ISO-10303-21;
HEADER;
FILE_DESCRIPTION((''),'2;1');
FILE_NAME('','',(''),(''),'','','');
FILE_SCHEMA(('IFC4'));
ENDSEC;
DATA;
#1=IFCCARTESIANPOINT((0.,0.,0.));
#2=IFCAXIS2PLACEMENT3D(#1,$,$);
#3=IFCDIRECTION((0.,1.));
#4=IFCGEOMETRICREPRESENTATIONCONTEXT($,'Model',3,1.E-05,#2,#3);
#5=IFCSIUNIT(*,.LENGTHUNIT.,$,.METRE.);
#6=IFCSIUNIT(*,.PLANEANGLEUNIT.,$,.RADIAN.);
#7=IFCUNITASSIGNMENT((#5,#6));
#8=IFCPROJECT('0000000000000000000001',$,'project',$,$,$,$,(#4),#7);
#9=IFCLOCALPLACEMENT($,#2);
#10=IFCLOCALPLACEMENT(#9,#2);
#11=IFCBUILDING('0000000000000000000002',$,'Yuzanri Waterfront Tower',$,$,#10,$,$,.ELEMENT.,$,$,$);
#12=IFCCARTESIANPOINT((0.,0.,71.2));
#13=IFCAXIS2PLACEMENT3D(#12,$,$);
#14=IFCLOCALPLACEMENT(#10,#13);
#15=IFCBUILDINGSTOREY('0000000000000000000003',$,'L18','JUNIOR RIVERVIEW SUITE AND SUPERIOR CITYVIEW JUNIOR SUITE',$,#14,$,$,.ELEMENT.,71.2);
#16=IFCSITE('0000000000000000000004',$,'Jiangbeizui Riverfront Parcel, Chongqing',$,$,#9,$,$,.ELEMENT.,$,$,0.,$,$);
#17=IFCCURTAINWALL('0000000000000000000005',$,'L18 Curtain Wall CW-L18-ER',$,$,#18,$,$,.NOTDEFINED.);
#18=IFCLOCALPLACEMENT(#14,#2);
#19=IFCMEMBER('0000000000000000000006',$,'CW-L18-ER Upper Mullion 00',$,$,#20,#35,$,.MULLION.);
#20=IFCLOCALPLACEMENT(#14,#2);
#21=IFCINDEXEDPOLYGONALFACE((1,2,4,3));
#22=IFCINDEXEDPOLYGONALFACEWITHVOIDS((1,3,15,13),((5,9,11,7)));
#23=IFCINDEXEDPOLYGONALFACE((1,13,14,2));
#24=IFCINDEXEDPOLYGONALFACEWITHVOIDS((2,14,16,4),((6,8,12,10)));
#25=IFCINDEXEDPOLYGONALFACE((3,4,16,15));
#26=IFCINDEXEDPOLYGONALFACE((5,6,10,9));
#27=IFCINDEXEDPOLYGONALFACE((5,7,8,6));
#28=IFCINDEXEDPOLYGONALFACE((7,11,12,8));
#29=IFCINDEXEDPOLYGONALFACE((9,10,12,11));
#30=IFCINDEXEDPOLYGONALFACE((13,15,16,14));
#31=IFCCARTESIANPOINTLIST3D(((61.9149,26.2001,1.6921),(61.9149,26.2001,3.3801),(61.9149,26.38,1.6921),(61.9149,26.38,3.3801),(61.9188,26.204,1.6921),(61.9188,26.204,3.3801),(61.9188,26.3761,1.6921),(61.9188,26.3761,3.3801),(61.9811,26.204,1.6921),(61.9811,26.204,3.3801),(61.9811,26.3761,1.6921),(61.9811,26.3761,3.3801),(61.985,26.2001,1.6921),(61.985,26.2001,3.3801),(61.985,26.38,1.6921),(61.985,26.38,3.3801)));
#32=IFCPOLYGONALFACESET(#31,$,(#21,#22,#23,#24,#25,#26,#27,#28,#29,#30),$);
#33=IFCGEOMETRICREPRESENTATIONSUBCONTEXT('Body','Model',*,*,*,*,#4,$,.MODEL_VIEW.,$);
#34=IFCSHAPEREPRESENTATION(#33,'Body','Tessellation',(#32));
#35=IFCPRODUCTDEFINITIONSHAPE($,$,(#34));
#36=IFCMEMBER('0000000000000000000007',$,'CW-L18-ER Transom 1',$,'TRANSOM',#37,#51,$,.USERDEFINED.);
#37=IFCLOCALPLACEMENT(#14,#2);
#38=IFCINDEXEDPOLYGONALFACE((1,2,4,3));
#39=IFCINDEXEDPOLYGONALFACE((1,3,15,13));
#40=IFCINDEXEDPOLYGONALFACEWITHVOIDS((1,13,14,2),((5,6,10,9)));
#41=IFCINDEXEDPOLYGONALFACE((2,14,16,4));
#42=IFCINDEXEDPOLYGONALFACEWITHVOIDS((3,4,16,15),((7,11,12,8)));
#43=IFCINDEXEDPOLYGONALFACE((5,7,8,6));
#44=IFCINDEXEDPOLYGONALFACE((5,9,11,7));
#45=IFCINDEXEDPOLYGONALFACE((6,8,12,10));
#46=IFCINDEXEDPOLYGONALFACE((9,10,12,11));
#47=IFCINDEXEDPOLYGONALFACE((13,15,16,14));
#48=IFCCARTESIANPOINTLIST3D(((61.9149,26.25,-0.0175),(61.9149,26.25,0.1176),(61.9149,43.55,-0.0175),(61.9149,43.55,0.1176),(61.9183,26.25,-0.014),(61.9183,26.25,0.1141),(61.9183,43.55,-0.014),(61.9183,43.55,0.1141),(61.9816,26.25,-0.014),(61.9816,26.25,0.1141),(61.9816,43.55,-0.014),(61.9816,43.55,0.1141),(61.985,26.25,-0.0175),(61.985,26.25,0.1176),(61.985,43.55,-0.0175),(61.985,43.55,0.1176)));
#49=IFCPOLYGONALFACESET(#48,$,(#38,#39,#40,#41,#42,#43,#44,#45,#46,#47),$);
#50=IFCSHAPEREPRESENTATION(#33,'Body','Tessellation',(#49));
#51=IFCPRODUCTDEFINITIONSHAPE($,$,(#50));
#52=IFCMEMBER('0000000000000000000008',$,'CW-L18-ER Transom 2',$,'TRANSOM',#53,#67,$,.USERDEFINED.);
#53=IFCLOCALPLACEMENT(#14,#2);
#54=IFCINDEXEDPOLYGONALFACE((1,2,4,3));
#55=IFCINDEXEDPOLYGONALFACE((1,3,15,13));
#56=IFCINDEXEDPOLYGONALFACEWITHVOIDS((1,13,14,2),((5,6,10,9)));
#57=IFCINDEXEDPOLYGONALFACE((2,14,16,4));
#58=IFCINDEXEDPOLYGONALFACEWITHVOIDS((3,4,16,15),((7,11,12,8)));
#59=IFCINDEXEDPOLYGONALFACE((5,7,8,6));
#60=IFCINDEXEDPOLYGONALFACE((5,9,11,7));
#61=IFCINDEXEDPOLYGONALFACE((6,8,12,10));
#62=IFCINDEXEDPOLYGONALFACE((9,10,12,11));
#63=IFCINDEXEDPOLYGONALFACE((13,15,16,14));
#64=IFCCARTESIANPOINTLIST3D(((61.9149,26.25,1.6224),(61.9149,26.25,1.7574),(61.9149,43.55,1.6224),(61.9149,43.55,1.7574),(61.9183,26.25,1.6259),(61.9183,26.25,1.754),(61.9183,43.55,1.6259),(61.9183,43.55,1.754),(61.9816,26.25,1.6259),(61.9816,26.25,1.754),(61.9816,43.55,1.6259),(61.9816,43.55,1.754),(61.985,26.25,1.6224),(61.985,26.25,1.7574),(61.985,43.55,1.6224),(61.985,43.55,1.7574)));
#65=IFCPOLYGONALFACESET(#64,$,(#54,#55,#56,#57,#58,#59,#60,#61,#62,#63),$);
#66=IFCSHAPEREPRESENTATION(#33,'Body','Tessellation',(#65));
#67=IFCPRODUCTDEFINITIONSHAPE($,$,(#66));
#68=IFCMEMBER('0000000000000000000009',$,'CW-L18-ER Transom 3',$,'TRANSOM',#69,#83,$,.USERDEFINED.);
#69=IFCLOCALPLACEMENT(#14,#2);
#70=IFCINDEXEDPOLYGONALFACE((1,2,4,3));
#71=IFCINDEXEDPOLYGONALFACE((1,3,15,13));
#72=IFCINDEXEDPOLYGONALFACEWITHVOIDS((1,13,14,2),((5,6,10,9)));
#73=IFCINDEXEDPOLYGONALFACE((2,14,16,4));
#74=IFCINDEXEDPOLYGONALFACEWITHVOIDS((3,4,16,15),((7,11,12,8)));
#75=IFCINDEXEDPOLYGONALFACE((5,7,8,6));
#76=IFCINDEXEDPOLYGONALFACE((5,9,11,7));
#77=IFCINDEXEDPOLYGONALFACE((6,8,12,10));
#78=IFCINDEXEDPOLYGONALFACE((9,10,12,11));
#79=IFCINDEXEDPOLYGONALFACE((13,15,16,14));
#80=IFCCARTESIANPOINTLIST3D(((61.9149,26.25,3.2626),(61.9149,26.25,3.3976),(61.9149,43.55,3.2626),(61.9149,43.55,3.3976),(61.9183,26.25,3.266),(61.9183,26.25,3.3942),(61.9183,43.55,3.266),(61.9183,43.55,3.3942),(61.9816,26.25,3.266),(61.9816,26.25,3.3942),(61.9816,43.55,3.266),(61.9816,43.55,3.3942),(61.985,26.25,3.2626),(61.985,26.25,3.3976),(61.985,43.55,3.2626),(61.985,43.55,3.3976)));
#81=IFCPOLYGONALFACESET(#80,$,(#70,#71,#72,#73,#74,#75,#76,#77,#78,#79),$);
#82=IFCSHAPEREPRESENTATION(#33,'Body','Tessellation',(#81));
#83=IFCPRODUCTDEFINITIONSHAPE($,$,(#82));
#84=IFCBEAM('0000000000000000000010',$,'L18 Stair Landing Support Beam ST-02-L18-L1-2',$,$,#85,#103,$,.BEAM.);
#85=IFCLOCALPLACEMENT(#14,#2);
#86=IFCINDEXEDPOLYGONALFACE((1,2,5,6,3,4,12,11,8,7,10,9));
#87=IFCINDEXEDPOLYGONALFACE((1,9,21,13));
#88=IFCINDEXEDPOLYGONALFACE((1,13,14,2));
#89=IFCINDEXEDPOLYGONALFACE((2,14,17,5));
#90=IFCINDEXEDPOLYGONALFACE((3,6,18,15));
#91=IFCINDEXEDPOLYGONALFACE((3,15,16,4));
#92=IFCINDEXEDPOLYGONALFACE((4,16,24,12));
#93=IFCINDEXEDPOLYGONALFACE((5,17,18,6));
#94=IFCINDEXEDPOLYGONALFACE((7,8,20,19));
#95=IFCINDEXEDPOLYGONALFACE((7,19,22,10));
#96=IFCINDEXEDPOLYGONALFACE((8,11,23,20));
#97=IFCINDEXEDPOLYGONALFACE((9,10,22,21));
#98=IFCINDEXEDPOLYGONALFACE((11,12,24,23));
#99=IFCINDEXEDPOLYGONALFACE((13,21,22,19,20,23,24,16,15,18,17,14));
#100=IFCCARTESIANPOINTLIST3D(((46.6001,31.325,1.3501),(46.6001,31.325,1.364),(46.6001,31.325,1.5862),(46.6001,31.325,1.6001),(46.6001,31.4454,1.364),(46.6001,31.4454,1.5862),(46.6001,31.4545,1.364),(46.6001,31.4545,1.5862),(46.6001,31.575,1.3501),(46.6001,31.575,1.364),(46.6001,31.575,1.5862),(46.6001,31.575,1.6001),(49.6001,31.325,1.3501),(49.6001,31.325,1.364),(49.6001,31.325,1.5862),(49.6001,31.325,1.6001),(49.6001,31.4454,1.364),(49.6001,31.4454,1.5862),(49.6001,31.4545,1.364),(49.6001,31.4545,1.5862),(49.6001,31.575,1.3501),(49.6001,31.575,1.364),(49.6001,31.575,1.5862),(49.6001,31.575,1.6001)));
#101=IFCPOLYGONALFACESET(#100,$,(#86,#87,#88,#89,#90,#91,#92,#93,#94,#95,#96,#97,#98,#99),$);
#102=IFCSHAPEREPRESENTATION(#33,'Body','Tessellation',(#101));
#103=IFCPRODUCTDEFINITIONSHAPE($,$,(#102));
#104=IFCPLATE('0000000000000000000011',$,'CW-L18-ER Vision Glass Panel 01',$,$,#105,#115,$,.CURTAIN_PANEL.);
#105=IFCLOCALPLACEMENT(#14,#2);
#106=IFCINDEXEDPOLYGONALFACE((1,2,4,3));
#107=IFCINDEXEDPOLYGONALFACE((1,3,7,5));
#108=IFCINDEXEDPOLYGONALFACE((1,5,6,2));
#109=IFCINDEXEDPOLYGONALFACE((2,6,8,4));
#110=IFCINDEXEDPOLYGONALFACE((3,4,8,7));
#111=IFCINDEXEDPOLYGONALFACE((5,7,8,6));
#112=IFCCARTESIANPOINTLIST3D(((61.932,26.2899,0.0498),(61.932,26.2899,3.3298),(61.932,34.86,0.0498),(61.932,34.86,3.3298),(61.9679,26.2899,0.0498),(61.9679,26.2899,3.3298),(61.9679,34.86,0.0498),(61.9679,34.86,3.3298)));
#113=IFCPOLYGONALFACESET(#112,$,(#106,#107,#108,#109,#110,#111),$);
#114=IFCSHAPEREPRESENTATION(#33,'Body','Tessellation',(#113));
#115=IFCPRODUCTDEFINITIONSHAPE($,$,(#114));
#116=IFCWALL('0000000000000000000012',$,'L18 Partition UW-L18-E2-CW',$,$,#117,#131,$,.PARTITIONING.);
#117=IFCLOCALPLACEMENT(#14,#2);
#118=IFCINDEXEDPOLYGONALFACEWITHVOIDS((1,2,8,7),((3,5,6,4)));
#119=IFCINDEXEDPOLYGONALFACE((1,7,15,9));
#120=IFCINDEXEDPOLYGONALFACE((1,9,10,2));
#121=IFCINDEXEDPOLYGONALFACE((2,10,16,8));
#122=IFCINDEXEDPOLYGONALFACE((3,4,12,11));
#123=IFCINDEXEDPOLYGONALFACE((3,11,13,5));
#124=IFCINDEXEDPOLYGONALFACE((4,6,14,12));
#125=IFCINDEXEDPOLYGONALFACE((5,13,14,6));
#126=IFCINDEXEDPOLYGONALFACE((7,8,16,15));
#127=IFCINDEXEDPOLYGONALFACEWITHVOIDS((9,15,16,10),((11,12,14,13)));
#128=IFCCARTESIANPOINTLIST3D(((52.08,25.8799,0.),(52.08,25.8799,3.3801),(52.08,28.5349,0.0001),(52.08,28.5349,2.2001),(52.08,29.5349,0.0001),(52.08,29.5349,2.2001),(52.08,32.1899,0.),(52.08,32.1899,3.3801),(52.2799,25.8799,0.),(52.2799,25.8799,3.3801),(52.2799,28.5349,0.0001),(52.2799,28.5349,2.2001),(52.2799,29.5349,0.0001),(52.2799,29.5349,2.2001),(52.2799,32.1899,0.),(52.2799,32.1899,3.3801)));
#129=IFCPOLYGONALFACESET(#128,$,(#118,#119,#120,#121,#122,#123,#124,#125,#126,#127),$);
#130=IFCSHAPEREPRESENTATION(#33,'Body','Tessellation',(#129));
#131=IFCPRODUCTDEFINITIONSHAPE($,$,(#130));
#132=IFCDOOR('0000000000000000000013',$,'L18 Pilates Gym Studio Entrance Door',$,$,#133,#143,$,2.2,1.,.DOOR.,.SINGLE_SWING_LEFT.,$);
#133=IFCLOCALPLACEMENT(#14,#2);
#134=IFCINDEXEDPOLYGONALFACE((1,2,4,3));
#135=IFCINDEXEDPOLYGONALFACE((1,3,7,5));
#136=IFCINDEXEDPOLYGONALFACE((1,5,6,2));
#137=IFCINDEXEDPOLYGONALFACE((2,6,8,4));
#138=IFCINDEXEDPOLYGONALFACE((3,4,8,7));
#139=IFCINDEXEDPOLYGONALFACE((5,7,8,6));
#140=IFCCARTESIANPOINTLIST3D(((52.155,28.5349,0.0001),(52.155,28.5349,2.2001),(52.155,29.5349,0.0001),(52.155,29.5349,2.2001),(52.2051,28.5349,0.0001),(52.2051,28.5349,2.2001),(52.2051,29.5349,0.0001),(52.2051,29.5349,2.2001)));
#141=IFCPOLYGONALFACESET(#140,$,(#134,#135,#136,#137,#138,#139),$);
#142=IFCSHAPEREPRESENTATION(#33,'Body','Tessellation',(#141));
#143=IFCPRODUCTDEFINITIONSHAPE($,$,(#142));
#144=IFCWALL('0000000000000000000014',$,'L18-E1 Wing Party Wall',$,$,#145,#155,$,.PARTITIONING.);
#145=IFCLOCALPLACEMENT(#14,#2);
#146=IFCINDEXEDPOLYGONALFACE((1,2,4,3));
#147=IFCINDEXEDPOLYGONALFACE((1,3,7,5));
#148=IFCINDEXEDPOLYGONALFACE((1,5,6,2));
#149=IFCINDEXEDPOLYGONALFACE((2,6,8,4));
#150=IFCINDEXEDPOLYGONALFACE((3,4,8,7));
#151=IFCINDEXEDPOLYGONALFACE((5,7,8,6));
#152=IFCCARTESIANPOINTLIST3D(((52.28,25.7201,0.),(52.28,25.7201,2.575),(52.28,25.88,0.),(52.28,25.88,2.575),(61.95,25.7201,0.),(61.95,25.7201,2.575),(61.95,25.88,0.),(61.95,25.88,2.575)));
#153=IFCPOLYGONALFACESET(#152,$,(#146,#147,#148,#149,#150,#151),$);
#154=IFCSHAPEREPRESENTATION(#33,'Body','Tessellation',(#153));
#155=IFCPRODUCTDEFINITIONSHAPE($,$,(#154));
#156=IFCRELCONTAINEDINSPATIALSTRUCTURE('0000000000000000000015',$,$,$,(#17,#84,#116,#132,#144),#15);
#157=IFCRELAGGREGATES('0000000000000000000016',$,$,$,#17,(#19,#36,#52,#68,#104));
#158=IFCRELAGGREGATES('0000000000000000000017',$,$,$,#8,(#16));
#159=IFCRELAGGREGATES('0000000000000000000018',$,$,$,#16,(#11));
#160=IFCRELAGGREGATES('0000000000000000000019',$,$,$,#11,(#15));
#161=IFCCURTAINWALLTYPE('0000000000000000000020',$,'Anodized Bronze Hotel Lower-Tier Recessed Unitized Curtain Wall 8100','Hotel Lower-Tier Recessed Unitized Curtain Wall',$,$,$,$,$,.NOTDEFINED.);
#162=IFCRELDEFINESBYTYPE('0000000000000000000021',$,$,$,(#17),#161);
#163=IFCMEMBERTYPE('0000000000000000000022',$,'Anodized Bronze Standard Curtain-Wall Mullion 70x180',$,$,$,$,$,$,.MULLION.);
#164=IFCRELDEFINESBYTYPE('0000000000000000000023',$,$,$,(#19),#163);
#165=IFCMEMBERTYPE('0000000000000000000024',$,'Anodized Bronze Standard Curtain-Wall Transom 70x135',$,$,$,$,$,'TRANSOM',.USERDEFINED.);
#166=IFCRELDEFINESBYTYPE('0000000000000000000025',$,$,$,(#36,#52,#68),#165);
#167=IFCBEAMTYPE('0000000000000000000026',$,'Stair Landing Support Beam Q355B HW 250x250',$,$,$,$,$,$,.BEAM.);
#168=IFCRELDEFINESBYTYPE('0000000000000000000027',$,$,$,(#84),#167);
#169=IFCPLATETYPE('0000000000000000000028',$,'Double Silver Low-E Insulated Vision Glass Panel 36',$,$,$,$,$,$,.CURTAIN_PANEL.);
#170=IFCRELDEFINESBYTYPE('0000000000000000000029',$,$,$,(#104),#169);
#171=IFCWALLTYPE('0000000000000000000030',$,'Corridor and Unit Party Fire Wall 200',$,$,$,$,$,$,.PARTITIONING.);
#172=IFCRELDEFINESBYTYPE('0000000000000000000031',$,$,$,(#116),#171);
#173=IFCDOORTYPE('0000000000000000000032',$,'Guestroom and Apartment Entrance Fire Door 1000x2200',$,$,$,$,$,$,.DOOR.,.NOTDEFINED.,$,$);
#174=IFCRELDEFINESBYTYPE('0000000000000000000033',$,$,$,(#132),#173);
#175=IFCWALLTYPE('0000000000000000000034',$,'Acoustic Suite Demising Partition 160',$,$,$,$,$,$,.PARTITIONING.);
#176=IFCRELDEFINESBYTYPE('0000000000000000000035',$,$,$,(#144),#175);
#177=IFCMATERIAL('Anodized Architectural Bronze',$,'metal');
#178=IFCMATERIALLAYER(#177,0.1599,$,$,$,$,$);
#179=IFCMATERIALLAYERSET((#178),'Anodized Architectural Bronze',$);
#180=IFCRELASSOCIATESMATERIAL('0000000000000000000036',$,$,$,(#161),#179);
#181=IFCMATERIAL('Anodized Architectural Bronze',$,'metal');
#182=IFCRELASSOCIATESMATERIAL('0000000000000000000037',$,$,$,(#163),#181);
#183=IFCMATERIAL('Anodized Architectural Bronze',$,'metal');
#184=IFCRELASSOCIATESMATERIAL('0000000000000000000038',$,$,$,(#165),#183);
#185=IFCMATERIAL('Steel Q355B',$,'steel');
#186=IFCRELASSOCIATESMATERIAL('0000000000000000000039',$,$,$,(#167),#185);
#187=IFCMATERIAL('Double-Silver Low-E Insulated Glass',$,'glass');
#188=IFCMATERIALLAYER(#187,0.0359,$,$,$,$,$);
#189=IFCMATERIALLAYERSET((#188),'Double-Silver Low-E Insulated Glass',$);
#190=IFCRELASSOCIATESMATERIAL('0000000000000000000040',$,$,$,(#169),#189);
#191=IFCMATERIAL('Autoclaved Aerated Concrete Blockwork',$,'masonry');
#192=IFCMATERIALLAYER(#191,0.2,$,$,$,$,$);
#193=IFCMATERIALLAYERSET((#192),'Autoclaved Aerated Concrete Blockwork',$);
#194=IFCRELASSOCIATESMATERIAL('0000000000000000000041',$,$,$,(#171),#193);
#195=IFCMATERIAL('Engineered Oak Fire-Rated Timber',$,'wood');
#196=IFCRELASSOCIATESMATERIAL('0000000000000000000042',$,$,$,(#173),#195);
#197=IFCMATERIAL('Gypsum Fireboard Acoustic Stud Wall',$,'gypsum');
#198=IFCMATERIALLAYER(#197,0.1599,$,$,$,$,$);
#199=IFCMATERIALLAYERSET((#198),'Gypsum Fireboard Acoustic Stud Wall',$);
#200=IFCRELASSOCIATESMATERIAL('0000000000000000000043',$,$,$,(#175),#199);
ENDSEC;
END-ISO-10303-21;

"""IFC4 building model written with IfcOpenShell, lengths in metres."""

from ifc_helpers import new_model, si_unit, direction, frame, frame_2d, origin, origin_2d, place, context, subcontext, project, spatial, rectangle, hollow_rectangle, i_section, extrude, source, transform, mapped, material, layer, layer_set, material_profile, profile_set, type_object, element, fill, aggregate, save


model = new_model("IFC4")

# Units and contexts
model_context = context("Model", 3, precision=1e-05, world=origin(), true_north=direction((0.0, 1.0)))
body_context = subcontext(model_context, "Body", "Model", "MODEL_VIEW")
ifc_project = project(units=[si_unit("LENGTHUNIT", "METRE"), si_unit("PLANEANGLEUNIT", "RADIAN")], contexts=[model_context])

# Site, building, storey
site_placement = place(None, origin())
site = spatial("IfcSite", under=ifc_project, at=site_placement, Name="Jiangbeizui Riverfront Parcel, Chongqing", CompositionType="ELEMENT", RefElevation=0.0)
building_placement = place(site_placement, origin())
building = spatial("IfcBuilding", under=site, at=building_placement, Name="Yuzanri Waterfront Tower", CompositionType="ELEMENT")
storey_placement = place(building_placement, frame((0.0, 0.0, 71.2)))
storey = spatial("IfcBuildingStorey", under=building, at=storey_placement, Name="L18", Description="JUNIOR RIVERVIEW SUITE AND SUPERIOR CITYVIEW JUNIOR SUITE", CompositionType="ELEMENT", Elevation=71.2)

# Curtain wall, members
ifc_material_1 = material(Name="Anodized Architectural Bronze", Category="metal")
ifc_layer_1 = layer(ifc_material_1, 0.1599)
ifc_layer_set_1 = layer_set([ifc_layer_1], Name="Anodized Architectural Bronze")
curtain_wall_type = type_object("IfcCurtainWallType", Name="Anodized Bronze Hotel Lower-Tier Recessed Unitized Curtain Wall 8100", Description="Hotel Lower-Tier Recessed Unitized Curtain Wall", PredefinedType="NOTDEFINED", material=ifc_layer_set_1)
ifc_material_2 = material(Name="Anodized Architectural Bronze", Category="metal")
ifc_material_profile_1 = material_profile(ifc_material_2, hollow_rectangle(XDim=0.0701, YDim=0.1799, WallThickness=0.0039, at=origin_2d()), Name="CWM 70x180")
ifc_profile_set_1 = profile_set([ifc_material_profile_1], Name="Anodized Architectural Bronze")
member_type_1 = type_object("IfcMemberType", Name="Anodized Bronze Standard Curtain-Wall Mullion 70x180", PredefinedType="MULLION", material=ifc_profile_set_1)
shared_shape_1 = source(origin(), body_context, "Body", "SweptSolid", [
    extrude(hollow_rectangle(XDim=0.0701, YDim=0.1799, WallThickness=0.0039, at=origin_2d()), origin(), (0.0, 0.0, 1.0), 1.688),
])
curtain_wall_1_placement = place(storey_placement, origin())
curtain_wall_1 = element("IfcCurtainWall", 1, at=curtain_wall_1_placement, inside=storey, type_object=curtain_wall_type, Name="L18 Curtain Wall CW-L18-ER", PredefinedType="NOTDEFINED")
member_1_placement = place(storey_placement, frame((61.95, 26.29, 1.6921), z_axis=(0.0, 0.0, 1.0), x_axis=(1.0, 0.0, 0.0)))
member_1 = element("IfcMember", 2, at=member_1_placement, type_object=member_type_1, Name="CW-L18-ER Upper Mullion 00", PredefinedType="MULLION", context=body_context, shape_type="MappedRepresentation", body=[
    mapped(shared_shape_1, transform((0.0, 0.0, 0.0), scale=1.0)),
])
ifc_material_3 = material(Name="Anodized Architectural Bronze", Category="metal")
ifc_material_profile_2 = material_profile(ifc_material_3, hollow_rectangle(XDim=0.0701, YDim=0.135, WallThickness=0.0034, at=origin_2d()), Name="CWT 70x135")
ifc_profile_set_2 = profile_set([ifc_material_profile_2], Name="Anodized Architectural Bronze")
member_type_2 = type_object("IfcMemberType", Name="Anodized Bronze Standard Curtain-Wall Transom 70x135", ElementType="TRANSOM", PredefinedType="USERDEFINED", material=ifc_profile_set_2)
shared_shape_2 = source(origin(), body_context, "Body", "SweptSolid", [
    extrude(hollow_rectangle(XDim=0.0701, YDim=0.135, WallThickness=0.0034, at=origin_2d()), origin(), (0.0, 0.0, 1.0), 17.3),
])
member_2_placement = place(storey_placement, frame((61.95, 26.25, 0.05), z_axis=(0.0, 1.0, 0.0), x_axis=(-1.0, 0.0, 0.0)))
member_2 = element("IfcMember", 3, at=member_2_placement, type_object=member_type_2, Name="CW-L18-ER Transom 1", ObjectType="TRANSOM", PredefinedType="USERDEFINED", context=body_context, shape_type="MappedRepresentation", body=[
    mapped(shared_shape_2, transform((0.0, 0.0, 0.0), scale=1.0)),
])
member_3_placement = place(storey_placement, frame((61.95, 26.25, 1.6899), z_axis=(0.0, 1.0, 0.0), x_axis=(-1.0, 0.0, 0.0)))
member_3 = element("IfcMember", 4, at=member_3_placement, type_object=member_type_2, Name="CW-L18-ER Transom 2", ObjectType="TRANSOM", PredefinedType="USERDEFINED", context=body_context, shape_type="MappedRepresentation", body=[
    mapped(shared_shape_2, transform((0.0, 0.0, 0.0), scale=1.0)),
])
member_4_placement = place(storey_placement, frame((61.95, 26.25, 3.3301), z_axis=(0.0, 1.0, 0.0), x_axis=(-1.0, 0.0, 0.0)))
member_4 = element("IfcMember", 5, at=member_4_placement, type_object=member_type_2, Name="CW-L18-ER Transom 3", ObjectType="TRANSOM", PredefinedType="USERDEFINED", context=body_context, shape_type="MappedRepresentation", body=[
    mapped(shared_shape_2, transform((0.0, 0.0, 0.0), scale=1.0)),
])

# Beam
ifc_material_4 = material(Name="Steel Q355B", Category="steel")
ifc_material_profile_3 = material_profile(ifc_material_4, i_section(OverallWidth=0.25, OverallDepth=0.25, WebThickness=0.009, FlangeThickness=0.0139, at=origin_2d()), Name="HW 250x250x9x14")
ifc_profile_set_3 = profile_set([ifc_material_profile_3], Name="Steel Q355B")
beam_type_1 = type_object("IfcBeamType", Name="Stair Landing Support Beam Q355B HW 250x250", PredefinedType="BEAM", material=ifc_profile_set_3)
shared_shape_3 = source(origin(), body_context, "Body", "SweptSolid", [
    extrude(i_section(OverallWidth=0.25, OverallDepth=0.25, WebThickness=0.009, FlangeThickness=0.0139, at=origin_2d()), origin(), (0.0, 0.0, 1.0), 3.0),
])
beam_1_placement = place(storey_placement, frame((46.6001, 31.45, 1.4751), z_axis=(1.0, 0.0, 0.0), x_axis=(0.0, 1.0, 0.0)))
element("IfcBeam", 6, at=beam_1_placement, inside=storey, type_object=beam_type_1, Name="L18 Stair Landing Support Beam ST-02-L18-L1-2", PredefinedType="BEAM", context=body_context, shape_type="MappedRepresentation", body=[
    mapped(shared_shape_3, transform((0.0, 0.0, 0.0), scale=1.0)),
])

# Plate
ifc_material_5 = material(Name="Double-Silver Low-E Insulated Glass", Category="glass")
ifc_layer_2 = layer(ifc_material_5, 0.0359)
ifc_layer_set_2 = layer_set([ifc_layer_2], Name="Double-Silver Low-E Insulated Glass")
plate_type = type_object("IfcPlateType", Name="Double Silver Low-E Insulated Vision Glass Panel 36", PredefinedType="CURTAIN_PANEL", material=ifc_layer_set_2)
shared_shape_4 = source(origin(), body_context, "Body", "SweptSolid", [
    extrude(rectangle(XDim=8.5701, YDim=0.0359, at=origin_2d()), origin(), (0.0, 0.0, 1.0), 3.28),
])
plate_placement = place(storey_placement, frame((61.95, 30.575, 0.0498), z_axis=(0.0, 0.0, 1.0), x_axis=(0.0, 1.0, 0.0)))
plate = element("IfcPlate", 7, at=plate_placement, type_object=plate_type, Name="CW-L18-ER Vision Glass Panel 01", PredefinedType="CURTAIN_PANEL", context=body_context, shape_type="MappedRepresentation", body=[
    mapped(shared_shape_4, transform((0.0, 0.0, 0.0), scale=1.0)),
])
aggregate(curtain_wall_1, [member_1, member_2, member_3, member_4, plate])

# Wall, opening, door
ifc_material_6 = material(Name="Autoclaved Aerated Concrete Blockwork", Category="masonry")
ifc_layer_3 = layer(ifc_material_6, 0.2)
ifc_layer_set_3 = layer_set([ifc_layer_3], Name="Autoclaved Aerated Concrete Blockwork")
wall_type_1 = type_object("IfcWallType", Name="Corridor and Unit Party Fire Wall 200", PredefinedType="PARTITIONING", material=ifc_layer_set_3)
wall_1_placement = place(storey_placement, frame((52.1799, 25.8799, 0.0), z_axis=(0.0, 0.0, 1.0), x_axis=(0.0, 1.0, 0.0)))
wall_1 = element("IfcWall", 8, at=wall_1_placement, inside=storey, type_object=wall_type_1, Name="L18 Partition UW-L18-E2-CW", PredefinedType="PARTITIONING", context=body_context, shape_type="SweptSolid", body=[
    extrude(rectangle(XDim=6.3101, YDim=0.2, at=frame_2d((3.155, 0.0))), origin(), (0.0, 0.0, 1.0), 3.3801),
])
opening_placement = place(wall_1_placement, frame((2.655, 0.0, 0.0)))
opening = element("IfcOpeningElement", 9, at=opening_placement, cuts=wall_1, PredefinedType="OPENING", context=body_context, shape_type="SweptSolid", body=[
    extrude(rectangle(XDim=1.0, YDim=2.2, at=frame_2d((0.5, 1.1001))), frame((0.0, 0.1147, 0.0), z_axis=(0.0, -1.0, 0.0), x_axis=(1.0, 0.0, 0.0)), (0.0, 0.0, 1.0), 0.2297),
])
ifc_material_7 = material(Name="Engineered Oak Fire-Rated Timber", Category="wood")
door_type = type_object("IfcDoorType", Name="Guestroom and Apartment Entrance Fire Door 1000x2200", OperationType="NOTDEFINED", PredefinedType="DOOR", material=ifc_material_7)
shared_shape_5 = source(origin(), body_context, "Body", "SweptSolid", [
    extrude(rectangle(XDim=1.0, YDim=2.2, at=frame_2d((0.5, 1.1001))), frame((0.0, 0.0249, 0.0), z_axis=(0.0, -1.0, 0.0), x_axis=(1.0, 0.0, 0.0)), (0.0, 0.0, 1.0), 0.05),
])
door_placement = place(opening_placement, origin())
door = element("IfcDoor", 10, at=door_placement, inside=storey, type_object=door_type, Name="L18 Pilates Gym Studio Entrance Door", OperationType="SINGLE_SWING_LEFT", OverallHeight=2.2, OverallWidth=1.0, PredefinedType="DOOR", context=body_context, shape_type="MappedRepresentation", body=[
    mapped(shared_shape_5, transform((0.0, 0.0, 0.0), scale=1.0)),
])
fill(opening, door)

# Wall
ifc_material_8 = material(Name="Gypsum Fireboard Acoustic Stud Wall", Category="gypsum")
ifc_layer_4 = layer(ifc_material_8, 0.1599)
ifc_layer_set_4 = layer_set([ifc_layer_4], Name="Gypsum Fireboard Acoustic Stud Wall")
wall_type_2 = type_object("IfcWallType", Name="Acoustic Suite Demising Partition 160", PredefinedType="PARTITIONING", material=ifc_layer_set_4)
shared_shape_6 = source(origin(), body_context, "Body", "SweptSolid", [
    extrude(rectangle(XDim=9.6699, YDim=0.1599, at=frame_2d((4.835, 0.0))), origin(), (0.0, 0.0, 1.0), 2.575),
])
wall_2_placement = place(storey_placement, frame((52.28, 25.8, 0.0), z_axis=(0.0, 0.0, 1.0), x_axis=(1.0, 0.0, 0.0)))
element("IfcWall", 11, at=wall_2_placement, inside=storey, type_object=wall_type_2, Name="L18-E1 Wing Party Wall", PredefinedType="PARTITIONING", context=body_context, shape_type="MappedRepresentation", body=[
    mapped(shared_shape_6, transform((0.0, 0.0, 0.0), scale=1.0)),
])

save(model, "model.ifc")
